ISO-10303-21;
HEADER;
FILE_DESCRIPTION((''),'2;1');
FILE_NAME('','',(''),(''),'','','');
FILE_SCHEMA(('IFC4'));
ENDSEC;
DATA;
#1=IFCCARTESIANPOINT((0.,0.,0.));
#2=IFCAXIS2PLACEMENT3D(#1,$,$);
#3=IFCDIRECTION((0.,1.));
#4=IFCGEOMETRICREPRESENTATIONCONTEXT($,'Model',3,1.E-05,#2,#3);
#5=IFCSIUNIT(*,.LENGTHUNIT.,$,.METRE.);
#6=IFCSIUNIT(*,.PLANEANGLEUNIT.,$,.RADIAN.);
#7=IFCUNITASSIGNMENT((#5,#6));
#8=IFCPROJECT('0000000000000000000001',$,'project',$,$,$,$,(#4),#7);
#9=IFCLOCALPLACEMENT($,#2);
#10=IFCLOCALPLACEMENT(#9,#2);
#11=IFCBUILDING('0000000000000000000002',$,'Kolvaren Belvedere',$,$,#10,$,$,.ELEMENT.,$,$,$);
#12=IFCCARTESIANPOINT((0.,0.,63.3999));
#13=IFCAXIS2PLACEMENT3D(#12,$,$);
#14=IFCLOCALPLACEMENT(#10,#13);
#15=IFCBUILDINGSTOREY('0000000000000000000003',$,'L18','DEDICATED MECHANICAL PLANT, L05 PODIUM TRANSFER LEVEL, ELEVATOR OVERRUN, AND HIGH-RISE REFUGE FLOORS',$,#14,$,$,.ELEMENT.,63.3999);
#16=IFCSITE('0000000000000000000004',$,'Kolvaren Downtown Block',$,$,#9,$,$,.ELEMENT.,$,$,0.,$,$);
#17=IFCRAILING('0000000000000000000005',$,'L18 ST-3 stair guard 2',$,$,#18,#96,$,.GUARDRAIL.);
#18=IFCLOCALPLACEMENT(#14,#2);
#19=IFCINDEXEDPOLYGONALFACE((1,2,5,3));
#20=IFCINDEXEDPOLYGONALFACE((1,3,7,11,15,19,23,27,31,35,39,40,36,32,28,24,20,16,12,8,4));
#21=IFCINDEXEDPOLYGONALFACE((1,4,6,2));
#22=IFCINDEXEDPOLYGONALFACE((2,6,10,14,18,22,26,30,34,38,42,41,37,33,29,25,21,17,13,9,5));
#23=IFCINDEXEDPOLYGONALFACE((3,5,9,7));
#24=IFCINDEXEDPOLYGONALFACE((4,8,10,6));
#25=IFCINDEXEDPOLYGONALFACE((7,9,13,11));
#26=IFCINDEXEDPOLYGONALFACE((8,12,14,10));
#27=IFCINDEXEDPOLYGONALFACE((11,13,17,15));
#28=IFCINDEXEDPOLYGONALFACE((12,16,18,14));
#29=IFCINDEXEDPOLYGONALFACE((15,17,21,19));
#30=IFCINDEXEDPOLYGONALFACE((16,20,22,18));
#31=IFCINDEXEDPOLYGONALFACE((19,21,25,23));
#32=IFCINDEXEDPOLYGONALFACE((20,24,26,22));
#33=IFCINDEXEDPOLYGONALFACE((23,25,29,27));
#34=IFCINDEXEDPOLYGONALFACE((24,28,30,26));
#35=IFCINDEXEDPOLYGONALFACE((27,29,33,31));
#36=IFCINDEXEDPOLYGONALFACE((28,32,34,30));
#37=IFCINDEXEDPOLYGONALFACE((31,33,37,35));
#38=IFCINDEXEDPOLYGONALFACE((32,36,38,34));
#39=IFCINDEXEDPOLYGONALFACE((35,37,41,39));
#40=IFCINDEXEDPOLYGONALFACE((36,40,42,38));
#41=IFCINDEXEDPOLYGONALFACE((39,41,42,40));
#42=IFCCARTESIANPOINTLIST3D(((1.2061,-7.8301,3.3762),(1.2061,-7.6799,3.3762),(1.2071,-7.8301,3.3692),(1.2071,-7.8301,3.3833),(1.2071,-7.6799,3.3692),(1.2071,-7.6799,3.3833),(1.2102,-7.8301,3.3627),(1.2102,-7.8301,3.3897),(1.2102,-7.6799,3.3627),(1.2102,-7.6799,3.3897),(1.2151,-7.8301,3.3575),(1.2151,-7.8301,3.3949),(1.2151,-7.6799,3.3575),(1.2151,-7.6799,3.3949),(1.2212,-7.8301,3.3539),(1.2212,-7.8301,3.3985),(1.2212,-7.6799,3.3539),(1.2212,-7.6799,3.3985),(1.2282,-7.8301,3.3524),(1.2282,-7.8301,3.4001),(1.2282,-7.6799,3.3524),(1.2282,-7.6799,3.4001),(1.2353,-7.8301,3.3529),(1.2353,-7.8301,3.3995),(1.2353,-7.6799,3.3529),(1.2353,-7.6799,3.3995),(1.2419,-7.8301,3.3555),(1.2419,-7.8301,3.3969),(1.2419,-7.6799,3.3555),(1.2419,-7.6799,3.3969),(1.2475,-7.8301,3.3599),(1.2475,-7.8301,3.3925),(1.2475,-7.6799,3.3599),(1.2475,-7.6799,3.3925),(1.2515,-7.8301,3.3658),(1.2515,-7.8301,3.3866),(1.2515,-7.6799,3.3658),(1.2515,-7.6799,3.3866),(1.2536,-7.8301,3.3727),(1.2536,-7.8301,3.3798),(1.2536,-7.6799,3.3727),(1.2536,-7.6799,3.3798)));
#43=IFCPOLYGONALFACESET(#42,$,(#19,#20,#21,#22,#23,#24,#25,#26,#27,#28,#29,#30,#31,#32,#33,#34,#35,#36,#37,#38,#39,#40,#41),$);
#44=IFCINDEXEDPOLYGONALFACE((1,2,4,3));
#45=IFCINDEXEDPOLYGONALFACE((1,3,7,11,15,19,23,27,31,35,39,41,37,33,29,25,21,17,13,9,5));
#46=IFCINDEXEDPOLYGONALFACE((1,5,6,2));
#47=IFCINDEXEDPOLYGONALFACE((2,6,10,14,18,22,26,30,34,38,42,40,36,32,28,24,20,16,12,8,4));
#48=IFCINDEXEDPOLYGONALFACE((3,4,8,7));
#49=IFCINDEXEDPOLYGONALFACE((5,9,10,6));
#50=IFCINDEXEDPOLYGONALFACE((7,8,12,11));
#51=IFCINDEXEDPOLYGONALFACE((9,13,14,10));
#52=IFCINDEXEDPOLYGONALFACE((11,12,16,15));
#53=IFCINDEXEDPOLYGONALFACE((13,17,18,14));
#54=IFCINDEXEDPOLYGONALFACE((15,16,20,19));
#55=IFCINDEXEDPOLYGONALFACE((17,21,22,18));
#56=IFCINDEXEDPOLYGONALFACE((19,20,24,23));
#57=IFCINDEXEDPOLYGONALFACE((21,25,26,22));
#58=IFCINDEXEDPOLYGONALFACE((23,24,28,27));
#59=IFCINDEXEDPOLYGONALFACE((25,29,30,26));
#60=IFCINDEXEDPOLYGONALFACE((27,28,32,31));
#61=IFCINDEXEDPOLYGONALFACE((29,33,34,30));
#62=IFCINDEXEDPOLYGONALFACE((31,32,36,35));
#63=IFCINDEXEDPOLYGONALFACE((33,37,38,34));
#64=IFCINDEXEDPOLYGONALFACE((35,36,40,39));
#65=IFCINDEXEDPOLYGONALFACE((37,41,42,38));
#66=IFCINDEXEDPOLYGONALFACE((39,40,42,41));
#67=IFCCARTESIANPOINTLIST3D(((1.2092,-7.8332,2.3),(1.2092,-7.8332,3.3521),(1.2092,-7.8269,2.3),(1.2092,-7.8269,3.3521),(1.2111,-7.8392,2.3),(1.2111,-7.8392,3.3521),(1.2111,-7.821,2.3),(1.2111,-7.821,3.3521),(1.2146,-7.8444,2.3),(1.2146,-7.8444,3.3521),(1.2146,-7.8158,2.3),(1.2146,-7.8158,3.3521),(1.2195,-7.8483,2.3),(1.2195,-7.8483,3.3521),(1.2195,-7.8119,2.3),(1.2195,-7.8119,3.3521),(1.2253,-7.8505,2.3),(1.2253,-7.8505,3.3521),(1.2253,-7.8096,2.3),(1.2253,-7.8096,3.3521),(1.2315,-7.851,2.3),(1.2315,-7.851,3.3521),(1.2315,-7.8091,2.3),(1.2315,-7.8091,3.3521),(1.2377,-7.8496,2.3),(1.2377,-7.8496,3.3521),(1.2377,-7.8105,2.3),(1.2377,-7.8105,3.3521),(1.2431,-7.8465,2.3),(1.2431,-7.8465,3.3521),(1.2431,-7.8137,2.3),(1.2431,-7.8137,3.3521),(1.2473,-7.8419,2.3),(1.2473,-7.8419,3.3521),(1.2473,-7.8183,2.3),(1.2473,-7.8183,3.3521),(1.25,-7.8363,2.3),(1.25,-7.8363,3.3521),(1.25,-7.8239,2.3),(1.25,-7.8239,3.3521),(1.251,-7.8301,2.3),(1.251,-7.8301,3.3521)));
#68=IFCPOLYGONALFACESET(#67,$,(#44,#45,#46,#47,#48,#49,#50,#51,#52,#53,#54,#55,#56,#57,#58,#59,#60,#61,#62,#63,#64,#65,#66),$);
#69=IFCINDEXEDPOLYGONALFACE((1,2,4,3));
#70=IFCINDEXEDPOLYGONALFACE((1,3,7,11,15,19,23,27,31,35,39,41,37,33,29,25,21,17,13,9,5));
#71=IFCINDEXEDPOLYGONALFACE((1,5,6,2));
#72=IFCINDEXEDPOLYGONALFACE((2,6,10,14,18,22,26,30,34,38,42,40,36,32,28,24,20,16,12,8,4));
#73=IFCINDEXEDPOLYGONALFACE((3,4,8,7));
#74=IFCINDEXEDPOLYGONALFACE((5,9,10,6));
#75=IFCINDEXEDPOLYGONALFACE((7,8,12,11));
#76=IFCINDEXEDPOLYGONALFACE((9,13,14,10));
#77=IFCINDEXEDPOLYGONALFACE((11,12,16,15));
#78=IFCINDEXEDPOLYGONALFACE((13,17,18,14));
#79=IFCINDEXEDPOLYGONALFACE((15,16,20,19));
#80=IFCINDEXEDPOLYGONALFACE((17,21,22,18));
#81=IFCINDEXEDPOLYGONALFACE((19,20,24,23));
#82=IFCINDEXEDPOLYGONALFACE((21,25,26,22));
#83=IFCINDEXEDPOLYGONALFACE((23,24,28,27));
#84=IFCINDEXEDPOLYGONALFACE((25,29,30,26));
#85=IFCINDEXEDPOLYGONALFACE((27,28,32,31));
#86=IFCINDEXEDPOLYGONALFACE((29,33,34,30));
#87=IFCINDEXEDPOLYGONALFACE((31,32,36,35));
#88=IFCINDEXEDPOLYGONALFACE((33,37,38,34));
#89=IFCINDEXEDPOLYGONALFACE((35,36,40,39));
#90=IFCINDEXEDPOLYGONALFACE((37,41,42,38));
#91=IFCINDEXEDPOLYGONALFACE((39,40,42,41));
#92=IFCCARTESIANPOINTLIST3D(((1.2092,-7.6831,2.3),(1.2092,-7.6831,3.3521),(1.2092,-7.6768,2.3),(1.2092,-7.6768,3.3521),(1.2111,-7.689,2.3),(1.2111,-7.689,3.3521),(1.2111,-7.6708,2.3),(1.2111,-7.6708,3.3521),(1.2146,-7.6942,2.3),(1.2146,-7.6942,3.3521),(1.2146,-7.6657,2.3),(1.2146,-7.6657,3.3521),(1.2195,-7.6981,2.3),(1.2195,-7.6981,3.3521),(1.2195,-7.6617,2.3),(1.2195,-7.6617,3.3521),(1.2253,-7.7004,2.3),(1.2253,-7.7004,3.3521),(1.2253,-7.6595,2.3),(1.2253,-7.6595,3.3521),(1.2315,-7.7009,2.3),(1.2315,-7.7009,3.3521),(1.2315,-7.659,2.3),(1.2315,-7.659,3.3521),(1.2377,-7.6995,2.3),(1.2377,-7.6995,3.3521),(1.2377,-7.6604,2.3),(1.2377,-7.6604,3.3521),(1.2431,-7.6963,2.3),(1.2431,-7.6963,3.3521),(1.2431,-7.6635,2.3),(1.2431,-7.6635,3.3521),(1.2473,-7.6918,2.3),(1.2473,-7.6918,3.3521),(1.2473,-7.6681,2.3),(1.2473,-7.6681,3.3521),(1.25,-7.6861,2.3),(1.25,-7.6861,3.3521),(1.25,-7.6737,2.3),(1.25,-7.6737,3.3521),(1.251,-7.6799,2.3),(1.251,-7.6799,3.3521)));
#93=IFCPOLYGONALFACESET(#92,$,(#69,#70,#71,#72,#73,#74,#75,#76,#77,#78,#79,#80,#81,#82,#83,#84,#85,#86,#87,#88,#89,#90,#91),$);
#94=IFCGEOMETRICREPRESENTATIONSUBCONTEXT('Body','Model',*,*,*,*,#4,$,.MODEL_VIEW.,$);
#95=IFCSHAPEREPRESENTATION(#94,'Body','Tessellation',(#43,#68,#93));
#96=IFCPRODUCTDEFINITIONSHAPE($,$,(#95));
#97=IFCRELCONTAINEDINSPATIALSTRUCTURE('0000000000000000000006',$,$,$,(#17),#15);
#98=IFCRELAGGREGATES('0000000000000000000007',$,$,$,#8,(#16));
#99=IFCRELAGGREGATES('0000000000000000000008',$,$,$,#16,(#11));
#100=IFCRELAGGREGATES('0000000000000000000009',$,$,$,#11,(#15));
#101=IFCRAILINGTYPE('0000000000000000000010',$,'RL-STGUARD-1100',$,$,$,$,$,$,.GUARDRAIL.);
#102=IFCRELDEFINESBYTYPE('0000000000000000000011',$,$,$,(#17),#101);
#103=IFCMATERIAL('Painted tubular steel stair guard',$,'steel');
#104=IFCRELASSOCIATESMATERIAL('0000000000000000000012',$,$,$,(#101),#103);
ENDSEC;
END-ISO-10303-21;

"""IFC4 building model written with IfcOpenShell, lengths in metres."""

from ifc_helpers import new_model, si_unit, direction, frame, origin, origin_2d, place, context, subcontext, project, spatial, circle, extrude, material, type_object, element, save


model = new_model("IFC4")

# Units and contexts
model_context = context("Model", 3, precision=1e-05, world=origin(), true_north=direction((0.0, 1.0)))
body_context = subcontext(model_context, "Body", "Model", "MODEL_VIEW")
ifc_project = project(units=[si_unit("LENGTHUNIT", "METRE"), si_unit("PLANEANGLEUNIT", "RADIAN")], contexts=[model_context])

# Site, building, storey
site_placement = place(None, origin())
site = spatial("IfcSite", under=ifc_project, at=site_placement, Name="Kolvaren Downtown Block", CompositionType="ELEMENT", RefElevation=0.0)
building_placement = place(site_placement, origin())
building = spatial("IfcBuilding", under=site, at=building_placement, Name="Kolvaren Belvedere", CompositionType="ELEMENT")
storey_placement = place(building_placement, frame((0.0, 0.0, 63.3999)))
storey = spatial("IfcBuildingStorey", under=building, at=storey_placement, Name="L18", Description="DEDICATED MECHANICAL PLANT, L05 PODIUM TRANSFER LEVEL, ELEVATOR OVERRUN, AND HIGH-RISE REFUGE FLOORS", CompositionType="ELEMENT", Elevation=63.3999)

# Railing
ifc_material_1 = material(Name="Painted tubular steel stair guard", Category="steel")
railing_type_1 = type_object("IfcRailingType", Name="RL-STGUARD-1100", PredefinedType="GUARDRAIL", material=ifc_material_1)
railing_1_placement = place(storey_placement, frame((1.23, -7.8301, 2.3)))
element("IfcRailing", 1, at=railing_1_placement, inside=storey, type_object=railing_type_1, Name="L18 ST-3 stair guard 2", PredefinedType="GUARDRAIL", context=body_context, shape_type="SweptSolid", body=[
    extrude(circle(Radius=0.0239, at=origin_2d()), frame((0.0, 0.0, 1.0762), z_axis=(0.0, 1.0, 0.0), x_axis=(-1.0, 0.0, 0.0)), (0.0, 0.0, 1.0), 0.1501),
    extrude(circle(Radius=0.021, at=origin_2d()), origin(), (0.0, 0.0, 1.0), 1.052),
    extrude(circle(Radius=0.021, at=origin_2d()), frame((0.0, 0.1501, 0.0)), (0.0, 0.0, 1.0), 1.052),
])

save(model, "model.ifc")
